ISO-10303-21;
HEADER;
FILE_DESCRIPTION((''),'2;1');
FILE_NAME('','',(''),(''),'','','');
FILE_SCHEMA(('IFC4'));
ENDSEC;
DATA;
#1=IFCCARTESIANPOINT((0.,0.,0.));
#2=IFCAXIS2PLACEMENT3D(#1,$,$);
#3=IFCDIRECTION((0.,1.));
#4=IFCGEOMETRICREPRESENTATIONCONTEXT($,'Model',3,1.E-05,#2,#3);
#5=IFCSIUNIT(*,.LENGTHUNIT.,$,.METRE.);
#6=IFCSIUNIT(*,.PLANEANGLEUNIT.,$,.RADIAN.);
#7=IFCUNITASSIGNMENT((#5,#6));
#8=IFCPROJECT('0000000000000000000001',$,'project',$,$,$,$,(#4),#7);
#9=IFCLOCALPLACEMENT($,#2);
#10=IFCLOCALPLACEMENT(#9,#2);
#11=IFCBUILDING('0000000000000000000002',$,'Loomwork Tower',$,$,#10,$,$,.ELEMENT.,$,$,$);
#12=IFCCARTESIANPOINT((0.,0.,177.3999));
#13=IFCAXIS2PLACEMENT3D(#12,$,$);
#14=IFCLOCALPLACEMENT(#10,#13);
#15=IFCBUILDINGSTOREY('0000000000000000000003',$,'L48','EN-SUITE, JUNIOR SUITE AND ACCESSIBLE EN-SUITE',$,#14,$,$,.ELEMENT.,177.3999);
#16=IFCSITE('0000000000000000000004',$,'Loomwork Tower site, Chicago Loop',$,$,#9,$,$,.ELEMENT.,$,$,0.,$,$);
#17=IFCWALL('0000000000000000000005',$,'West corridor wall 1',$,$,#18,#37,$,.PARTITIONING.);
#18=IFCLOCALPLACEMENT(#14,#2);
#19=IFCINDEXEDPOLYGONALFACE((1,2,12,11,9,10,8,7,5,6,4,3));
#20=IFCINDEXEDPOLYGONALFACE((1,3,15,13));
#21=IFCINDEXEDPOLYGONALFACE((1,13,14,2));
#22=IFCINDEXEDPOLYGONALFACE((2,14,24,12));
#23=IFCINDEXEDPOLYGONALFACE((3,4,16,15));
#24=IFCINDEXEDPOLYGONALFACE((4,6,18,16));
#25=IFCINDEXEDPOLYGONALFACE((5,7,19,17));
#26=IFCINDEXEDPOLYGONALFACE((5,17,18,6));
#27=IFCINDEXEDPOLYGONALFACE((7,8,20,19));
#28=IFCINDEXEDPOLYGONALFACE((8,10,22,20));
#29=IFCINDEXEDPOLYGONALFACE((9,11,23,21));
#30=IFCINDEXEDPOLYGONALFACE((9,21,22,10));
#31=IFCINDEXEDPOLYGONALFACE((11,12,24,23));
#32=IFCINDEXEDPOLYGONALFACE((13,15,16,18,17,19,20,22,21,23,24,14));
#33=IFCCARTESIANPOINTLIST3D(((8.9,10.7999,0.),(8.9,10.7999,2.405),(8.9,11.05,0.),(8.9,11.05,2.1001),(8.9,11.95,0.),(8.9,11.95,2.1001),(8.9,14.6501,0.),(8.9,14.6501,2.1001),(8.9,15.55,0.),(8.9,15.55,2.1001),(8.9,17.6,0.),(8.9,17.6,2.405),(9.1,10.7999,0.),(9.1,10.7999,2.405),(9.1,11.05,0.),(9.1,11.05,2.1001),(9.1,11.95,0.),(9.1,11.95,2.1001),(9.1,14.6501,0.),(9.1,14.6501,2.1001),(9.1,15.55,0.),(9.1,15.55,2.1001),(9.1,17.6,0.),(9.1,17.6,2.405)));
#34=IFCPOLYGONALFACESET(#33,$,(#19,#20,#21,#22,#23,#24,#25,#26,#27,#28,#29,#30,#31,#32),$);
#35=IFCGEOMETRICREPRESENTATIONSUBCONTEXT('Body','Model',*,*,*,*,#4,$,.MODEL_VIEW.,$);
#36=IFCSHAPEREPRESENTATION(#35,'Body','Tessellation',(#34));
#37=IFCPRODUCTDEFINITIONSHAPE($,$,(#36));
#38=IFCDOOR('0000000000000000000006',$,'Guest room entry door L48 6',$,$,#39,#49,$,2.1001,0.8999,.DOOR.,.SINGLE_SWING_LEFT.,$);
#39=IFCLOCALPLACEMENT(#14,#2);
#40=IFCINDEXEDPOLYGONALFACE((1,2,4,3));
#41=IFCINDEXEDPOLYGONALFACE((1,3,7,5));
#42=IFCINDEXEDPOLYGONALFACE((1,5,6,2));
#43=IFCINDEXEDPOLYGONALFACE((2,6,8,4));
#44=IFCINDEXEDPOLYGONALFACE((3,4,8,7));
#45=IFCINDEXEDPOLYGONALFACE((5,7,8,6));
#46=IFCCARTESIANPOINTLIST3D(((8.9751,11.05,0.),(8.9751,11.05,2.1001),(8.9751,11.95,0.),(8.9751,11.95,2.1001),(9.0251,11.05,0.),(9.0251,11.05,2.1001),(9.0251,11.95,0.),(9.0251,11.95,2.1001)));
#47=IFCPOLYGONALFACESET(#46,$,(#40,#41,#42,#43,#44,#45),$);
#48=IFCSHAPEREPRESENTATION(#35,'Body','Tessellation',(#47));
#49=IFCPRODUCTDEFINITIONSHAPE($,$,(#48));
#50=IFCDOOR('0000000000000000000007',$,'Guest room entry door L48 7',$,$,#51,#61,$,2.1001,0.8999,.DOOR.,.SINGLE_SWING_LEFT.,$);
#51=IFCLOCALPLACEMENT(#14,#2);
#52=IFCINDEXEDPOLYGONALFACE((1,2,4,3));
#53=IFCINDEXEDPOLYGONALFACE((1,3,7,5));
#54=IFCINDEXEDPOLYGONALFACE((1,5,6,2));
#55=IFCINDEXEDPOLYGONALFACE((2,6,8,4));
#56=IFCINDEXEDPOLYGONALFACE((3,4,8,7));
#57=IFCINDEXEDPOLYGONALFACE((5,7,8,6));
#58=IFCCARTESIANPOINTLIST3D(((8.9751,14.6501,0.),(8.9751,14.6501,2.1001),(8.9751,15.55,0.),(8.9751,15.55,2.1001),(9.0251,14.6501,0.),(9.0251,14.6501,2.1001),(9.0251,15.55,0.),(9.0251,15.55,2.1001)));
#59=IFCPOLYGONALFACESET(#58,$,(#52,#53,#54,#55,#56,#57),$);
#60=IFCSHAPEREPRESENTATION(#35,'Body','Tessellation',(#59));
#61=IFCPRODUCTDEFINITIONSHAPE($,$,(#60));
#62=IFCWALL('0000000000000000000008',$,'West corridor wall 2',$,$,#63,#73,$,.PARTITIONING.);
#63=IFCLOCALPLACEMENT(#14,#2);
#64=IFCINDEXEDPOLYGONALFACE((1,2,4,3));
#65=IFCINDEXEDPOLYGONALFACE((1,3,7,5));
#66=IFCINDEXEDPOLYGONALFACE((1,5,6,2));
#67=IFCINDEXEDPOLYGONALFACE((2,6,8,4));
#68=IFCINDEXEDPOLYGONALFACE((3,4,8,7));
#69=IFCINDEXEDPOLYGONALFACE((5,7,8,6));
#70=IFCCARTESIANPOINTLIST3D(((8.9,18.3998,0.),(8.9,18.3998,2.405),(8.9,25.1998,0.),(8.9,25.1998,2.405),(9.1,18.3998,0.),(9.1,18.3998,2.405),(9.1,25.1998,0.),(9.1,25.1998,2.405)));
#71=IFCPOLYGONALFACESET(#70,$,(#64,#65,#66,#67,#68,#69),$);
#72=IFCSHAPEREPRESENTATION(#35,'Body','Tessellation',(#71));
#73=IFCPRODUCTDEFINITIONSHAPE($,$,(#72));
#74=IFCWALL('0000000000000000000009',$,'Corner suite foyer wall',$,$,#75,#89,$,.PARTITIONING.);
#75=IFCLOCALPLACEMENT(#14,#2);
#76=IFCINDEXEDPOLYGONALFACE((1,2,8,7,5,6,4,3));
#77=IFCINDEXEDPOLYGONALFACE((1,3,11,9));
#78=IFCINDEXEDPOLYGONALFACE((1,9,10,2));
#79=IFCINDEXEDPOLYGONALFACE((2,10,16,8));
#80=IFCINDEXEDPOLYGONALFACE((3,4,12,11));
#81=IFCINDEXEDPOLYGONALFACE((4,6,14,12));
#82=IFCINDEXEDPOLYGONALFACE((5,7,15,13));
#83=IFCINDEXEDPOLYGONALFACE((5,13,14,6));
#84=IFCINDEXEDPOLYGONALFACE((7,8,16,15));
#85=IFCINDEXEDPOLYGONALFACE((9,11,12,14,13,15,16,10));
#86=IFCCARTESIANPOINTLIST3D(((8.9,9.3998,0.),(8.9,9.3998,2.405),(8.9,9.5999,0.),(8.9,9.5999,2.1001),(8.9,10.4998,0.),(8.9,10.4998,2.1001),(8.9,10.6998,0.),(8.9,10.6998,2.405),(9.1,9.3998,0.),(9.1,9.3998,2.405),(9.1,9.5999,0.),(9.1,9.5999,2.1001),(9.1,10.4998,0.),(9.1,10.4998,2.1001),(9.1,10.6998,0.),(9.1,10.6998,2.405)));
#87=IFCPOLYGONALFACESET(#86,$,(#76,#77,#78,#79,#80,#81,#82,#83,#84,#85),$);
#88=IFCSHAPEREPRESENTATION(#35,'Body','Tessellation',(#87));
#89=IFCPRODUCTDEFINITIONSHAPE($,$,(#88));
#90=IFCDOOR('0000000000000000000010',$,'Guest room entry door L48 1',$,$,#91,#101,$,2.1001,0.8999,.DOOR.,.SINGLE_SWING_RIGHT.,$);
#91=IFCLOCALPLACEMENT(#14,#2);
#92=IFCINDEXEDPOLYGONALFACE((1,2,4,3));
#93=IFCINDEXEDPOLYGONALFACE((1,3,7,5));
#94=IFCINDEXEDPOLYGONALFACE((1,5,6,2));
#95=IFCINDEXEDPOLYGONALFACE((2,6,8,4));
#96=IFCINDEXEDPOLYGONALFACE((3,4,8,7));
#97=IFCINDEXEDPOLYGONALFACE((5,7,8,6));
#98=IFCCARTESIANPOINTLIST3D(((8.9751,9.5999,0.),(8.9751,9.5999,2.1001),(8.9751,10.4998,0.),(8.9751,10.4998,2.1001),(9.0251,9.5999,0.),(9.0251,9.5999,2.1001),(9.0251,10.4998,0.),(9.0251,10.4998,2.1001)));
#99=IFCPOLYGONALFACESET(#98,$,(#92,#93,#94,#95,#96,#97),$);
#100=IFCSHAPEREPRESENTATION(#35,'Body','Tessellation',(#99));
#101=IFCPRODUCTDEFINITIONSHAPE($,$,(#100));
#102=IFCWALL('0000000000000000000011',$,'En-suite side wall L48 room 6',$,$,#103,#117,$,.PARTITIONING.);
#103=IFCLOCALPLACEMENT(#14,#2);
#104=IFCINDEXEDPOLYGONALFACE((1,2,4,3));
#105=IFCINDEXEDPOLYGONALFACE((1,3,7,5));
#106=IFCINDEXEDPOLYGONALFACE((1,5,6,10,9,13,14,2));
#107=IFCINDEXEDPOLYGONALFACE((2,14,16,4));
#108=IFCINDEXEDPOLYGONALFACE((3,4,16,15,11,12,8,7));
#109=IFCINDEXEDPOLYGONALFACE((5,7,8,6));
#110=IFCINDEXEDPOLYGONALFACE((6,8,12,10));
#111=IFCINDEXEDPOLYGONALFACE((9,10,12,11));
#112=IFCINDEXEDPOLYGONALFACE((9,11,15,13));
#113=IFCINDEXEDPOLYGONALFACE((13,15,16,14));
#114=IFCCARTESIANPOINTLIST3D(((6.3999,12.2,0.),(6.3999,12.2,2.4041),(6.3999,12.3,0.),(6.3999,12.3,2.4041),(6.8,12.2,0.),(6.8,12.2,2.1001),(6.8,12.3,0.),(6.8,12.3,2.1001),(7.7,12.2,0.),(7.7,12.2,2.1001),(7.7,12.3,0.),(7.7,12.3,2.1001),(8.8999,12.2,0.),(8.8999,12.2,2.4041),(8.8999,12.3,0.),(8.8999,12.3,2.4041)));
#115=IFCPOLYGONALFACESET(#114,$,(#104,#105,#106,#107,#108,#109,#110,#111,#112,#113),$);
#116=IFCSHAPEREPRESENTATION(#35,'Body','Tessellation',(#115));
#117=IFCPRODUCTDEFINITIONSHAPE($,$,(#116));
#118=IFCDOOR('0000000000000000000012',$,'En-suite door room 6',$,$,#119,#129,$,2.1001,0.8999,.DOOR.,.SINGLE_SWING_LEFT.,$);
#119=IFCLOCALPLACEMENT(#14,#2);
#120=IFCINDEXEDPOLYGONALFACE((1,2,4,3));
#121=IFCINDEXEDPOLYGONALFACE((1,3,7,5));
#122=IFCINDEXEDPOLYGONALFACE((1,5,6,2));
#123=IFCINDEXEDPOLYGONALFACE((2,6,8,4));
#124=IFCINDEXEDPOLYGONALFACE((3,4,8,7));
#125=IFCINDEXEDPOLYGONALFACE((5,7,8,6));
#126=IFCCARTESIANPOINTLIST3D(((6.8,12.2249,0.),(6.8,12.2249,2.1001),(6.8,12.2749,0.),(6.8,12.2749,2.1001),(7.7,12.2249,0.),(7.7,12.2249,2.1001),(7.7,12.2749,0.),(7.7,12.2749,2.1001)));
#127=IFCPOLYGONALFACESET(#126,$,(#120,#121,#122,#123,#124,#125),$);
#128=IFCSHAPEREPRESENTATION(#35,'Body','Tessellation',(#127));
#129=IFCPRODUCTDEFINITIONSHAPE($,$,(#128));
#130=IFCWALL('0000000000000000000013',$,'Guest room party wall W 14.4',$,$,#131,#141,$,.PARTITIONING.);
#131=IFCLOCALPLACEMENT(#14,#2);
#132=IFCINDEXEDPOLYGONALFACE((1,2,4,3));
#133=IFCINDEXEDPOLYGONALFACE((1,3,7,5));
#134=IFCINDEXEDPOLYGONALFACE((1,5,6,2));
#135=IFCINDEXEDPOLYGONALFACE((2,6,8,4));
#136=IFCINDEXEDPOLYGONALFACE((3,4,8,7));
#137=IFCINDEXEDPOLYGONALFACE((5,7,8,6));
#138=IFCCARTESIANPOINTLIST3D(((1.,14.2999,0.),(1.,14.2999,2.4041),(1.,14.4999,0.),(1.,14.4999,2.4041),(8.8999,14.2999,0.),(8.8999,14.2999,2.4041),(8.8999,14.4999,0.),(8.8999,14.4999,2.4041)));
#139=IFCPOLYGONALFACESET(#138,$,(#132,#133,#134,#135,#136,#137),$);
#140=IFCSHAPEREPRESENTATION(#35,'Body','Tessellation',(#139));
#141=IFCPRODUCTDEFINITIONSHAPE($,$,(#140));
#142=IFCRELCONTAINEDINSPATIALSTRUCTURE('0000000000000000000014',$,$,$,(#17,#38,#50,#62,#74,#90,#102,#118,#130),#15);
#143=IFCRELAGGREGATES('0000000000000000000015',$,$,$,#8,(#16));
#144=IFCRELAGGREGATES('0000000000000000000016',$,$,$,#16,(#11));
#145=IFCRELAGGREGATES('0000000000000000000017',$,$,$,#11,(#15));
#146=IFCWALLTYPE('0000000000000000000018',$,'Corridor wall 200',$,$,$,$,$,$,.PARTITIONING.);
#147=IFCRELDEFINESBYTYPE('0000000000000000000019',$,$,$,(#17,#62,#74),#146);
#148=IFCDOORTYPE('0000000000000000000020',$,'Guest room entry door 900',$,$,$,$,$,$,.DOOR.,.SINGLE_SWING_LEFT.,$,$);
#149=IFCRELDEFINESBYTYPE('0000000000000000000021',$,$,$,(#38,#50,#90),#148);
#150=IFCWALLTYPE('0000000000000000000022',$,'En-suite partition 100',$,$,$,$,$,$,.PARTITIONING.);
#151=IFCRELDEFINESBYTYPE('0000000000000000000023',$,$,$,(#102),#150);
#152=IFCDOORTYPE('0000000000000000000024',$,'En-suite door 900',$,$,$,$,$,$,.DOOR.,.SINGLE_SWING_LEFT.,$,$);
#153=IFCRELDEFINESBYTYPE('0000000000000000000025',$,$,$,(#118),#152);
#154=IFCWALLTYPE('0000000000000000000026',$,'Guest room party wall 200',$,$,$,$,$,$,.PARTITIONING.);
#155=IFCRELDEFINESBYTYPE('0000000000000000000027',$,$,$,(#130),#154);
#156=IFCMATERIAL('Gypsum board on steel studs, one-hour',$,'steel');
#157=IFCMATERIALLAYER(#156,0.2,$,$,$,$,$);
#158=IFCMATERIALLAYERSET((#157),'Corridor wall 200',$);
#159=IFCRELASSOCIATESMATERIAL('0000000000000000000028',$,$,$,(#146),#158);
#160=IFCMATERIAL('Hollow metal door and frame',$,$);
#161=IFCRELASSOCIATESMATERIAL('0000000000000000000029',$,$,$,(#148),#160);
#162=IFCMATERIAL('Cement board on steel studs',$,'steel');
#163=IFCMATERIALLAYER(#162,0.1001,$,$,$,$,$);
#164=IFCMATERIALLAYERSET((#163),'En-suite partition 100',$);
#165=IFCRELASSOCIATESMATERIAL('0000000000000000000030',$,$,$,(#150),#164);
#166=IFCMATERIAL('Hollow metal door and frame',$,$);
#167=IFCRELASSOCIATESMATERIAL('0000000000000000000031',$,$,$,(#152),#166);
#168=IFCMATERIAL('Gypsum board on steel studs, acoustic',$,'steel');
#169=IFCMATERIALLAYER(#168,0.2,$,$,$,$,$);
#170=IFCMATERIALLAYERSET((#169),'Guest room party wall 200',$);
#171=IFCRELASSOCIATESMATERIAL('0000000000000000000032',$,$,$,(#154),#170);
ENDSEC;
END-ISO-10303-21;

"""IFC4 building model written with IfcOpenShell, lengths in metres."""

from ifc_helpers import new_model, si_unit, direction, frame, frame_2d, origin, place, context, subcontext, project, spatial, rectangle, extrude, material, layer, layer_set, type_object, element, fill, save


model = new_model("IFC4")

# Units and contexts
model_context = context("Model", 3, precision=1e-05, world=origin(), true_north=direction((0.0, 1.0)))
body_context = subcontext(model_context, "Body", "Model", "MODEL_VIEW")
ifc_project = project(units=[si_unit("LENGTHUNIT", "METRE"), si_unit("PLANEANGLEUNIT", "RADIAN")], contexts=[model_context])

# Site, building, storey
site_placement = place(None, origin())
site = spatial("IfcSite", under=ifc_project, at=site_placement, Name="Loomwork Tower site, Chicago Loop", CompositionType="ELEMENT", RefElevation=0.0)
building_placement = place(site_placement, origin())
building = spatial("IfcBuilding", under=site, at=building_placement, Name="Loomwork Tower", CompositionType="ELEMENT")
storey_placement = place(building_placement, frame((0.0, 0.0, 177.3999)))
storey = spatial("IfcBuildingStorey", under=building, at=storey_placement, Name="L48", Description="EN-SUITE, JUNIOR SUITE AND ACCESSIBLE EN-SUITE", CompositionType="ELEMENT", Elevation=177.3999)

# Wall, openings, doors
ifc_material_1 = material(Name="Gypsum board on steel studs, one-hour", Category="steel")
ifc_layer_1 = layer(ifc_material_1, 0.2)
ifc_layer_set_1 = layer_set([ifc_layer_1], Name="Corridor wall 200")
wall_type_1 = type_object("IfcWallType", Name="Corridor wall 200", PredefinedType="PARTITIONING", material=ifc_layer_set_1)
wall_1_placement = place(storey_placement, frame((9.0, 10.8, 0.0), z_axis=(0.0, 0.0, 1.0), x_axis=(0.0, 1.0, 0.0)))
wall_1 = element("IfcWall", 1, at=wall_1_placement, inside=storey, type_object=wall_type_1, Name="West corridor wall 1", PredefinedType="PARTITIONING", context=body_context, shape_type="SweptSolid", body=[
    extrude(rectangle(XDim=6.8, YDim=0.2, at=frame_2d((3.3999, 0.0))), origin(), (0.0, 0.0, 1.0), 2.405),
])
opening_1_placement = place(wall_1_placement, frame((0.25, 0.0, 0.0)))
opening_1 = element("IfcOpeningElement", 2, at=opening_1_placement, cuts=wall_1, PredefinedType="OPENING", context=body_context, shape_type="SweptSolid", body=[
    extrude(rectangle(XDim=0.8999, YDim=2.1001, at=frame_2d((0.45, 1.05))), frame((0.0, 0.1099, 0.0), z_axis=(0.0, -1.0, 0.0), x_axis=(1.0, 0.0, 0.0)), (0.0, 0.0, 1.0), 0.22),
])
opening_2_placement = place(wall_1_placement, frame((3.8501, 0.0, 0.0)))
opening_2 = element("IfcOpeningElement", 3, at=opening_2_placement, cuts=wall_1, PredefinedType="OPENING", context=body_context, shape_type="SweptSolid", body=[
    extrude(rectangle(XDim=0.8999, YDim=2.1001, at=frame_2d((0.45, 1.05))), frame((0.0, 0.1099, 0.0), z_axis=(0.0, -1.0, 0.0), x_axis=(1.0, 0.0, 0.0)), (0.0, 0.0, 1.0), 0.22),
])
ifc_material_2 = material(Name="Hollow metal door and frame")
door_type_1 = type_object("IfcDoorType", Name="Guest room entry door 900", OperationType="SINGLE_SWING_LEFT", PredefinedType="DOOR", material=ifc_material_2)
door_1_placement = place(opening_1_placement, origin())
door_1 = element("IfcDoor", 4, at=door_1_placement, inside=storey, type_object=door_type_1, Name="Guest room entry door L48 6", OperationType="SINGLE_SWING_LEFT", OverallHeight=2.1001, OverallWidth=0.8999, PredefinedType="DOOR", context=body_context, shape_type="SweptSolid", body=[
    extrude(rectangle(XDim=0.8999, YDim=2.1001, at=frame_2d((0.45, 1.05))), frame((0.0, 0.0249, 0.0), z_axis=(0.0, -1.0, 0.0), x_axis=(1.0, 0.0, 0.0)), (0.0, 0.0, 1.0), 0.05),
])
fill(opening_1, door_1)
door_2_placement = place(opening_2_placement, origin())
door_2 = element("IfcDoor", 5, at=door_2_placement, inside=storey, type_object=door_type_1, Name="Guest room entry door L48 7", OperationType="SINGLE_SWING_LEFT", OverallHeight=2.1001, OverallWidth=0.8999, PredefinedType="DOOR", context=body_context, shape_type="SweptSolid", body=[
    extrude(rectangle(XDim=0.8999, YDim=2.1001, at=frame_2d((0.45, 1.05))), frame((0.0, 0.0249, 0.0), z_axis=(0.0, -1.0, 0.0), x_axis=(1.0, 0.0, 0.0)), (0.0, 0.0, 1.0), 0.05),
])
fill(opening_2, door_2)

# Wall
wall_2_placement = place(storey_placement, frame((9.0, 18.3999, 0.0), z_axis=(0.0, 0.0, 1.0), x_axis=(0.0, 1.0, 0.0)))
element("IfcWall", 6, at=wall_2_placement, inside=storey, type_object=wall_type_1, Name="West corridor wall 2", PredefinedType="PARTITIONING", context=body_context, shape_type="SweptSolid", body=[
    extrude(rectangle(XDim=6.8, YDim=0.2, at=frame_2d((3.3999, 0.0))), origin(), (0.0, 0.0, 1.0), 2.405),
])

# Walls, openings, doors
wall_3_placement = place(storey_placement, frame((9.0, 9.3999, 0.0), z_axis=(0.0, 0.0, 1.0), x_axis=(0.0, 1.0, 0.0)))
wall_3 = element("IfcWall", 7, at=wall_3_placement, inside=storey, type_object=wall_type_1, Name="Corner suite foyer wall", PredefinedType="PARTITIONING", context=body_context, shape_type="SweptSolid", body=[
    extrude(rectangle(XDim=1.3, YDim=0.2, at=frame_2d((0.6499, 0.0))), origin(), (0.0, 0.0, 1.0), 2.405),
])
opening_3_placement = place(wall_3_placement, frame((0.2, 0.0, 0.0)))
opening_3 = element("IfcOpeningElement", 8, at=opening_3_placement, cuts=wall_3, PredefinedType="OPENING", context=body_context, shape_type="SweptSolid", body=[
    extrude(rectangle(XDim=0.8999, YDim=2.1001, at=frame_2d((0.45, 1.05))), frame((0.0, 0.1099, 0.0), z_axis=(0.0, -1.0, 0.0), x_axis=(1.0, 0.0, 0.0)), (0.0, 0.0, 1.0), 0.22),
])
door_3_placement = place(opening_3_placement, origin())
door_3 = element("IfcDoor", 9, at=door_3_placement, inside=storey, type_object=door_type_1, Name="Guest room entry door L48 1", OperationType="SINGLE_SWING_RIGHT", OverallHeight=2.1001, OverallWidth=0.8999, PredefinedType="DOOR", context=body_context, shape_type="SweptSolid", body=[
    extrude(rectangle(XDim=0.8999, YDim=2.1001, at=frame_2d((0.45, 1.05))), frame((0.0, 0.0249, 0.0), z_axis=(0.0, -1.0, 0.0), x_axis=(1.0, 0.0, 0.0)), (0.0, 0.0, 1.0), 0.05),
])
fill(opening_3, door_3)
ifc_material_3 = material(Name="Cement board on steel studs", Category="steel")
ifc_layer_2 = layer(ifc_material_3, 0.1001)
ifc_layer_set_2 = layer_set([ifc_layer_2], Name="En-suite partition 100")
wall_type_2 = type_object("IfcWallType", Name="En-suite partition 100", PredefinedType="PARTITIONING", material=ifc_layer_set_2)
wall_4_placement = place(storey_placement, frame((8.8999, 12.25, 0.0), z_axis=(0.0, 0.0, 1.0), x_axis=(-1.0, 0.0, 0.0)))
wall_4 = element("IfcWall", 10, at=wall_4_placement, inside=storey, type_object=wall_type_2, Name="En-suite side wall L48 room 6", PredefinedType="PARTITIONING", context=body_context, shape_type="SweptSolid", body=[
    extrude(rectangle(XDim=2.5, YDim=0.1001, at=frame_2d((1.25, 0.0))), origin(), (0.0, 0.0, 1.0), 2.4041),
])
opening_4_placement = place(wall_4_placement, frame((1.2, 0.0, 0.0)))
opening_4 = element("IfcOpeningElement", 11, at=opening_4_placement, cuts=wall_4, PredefinedType="OPENING", context=body_context, shape_type="SweptSolid", body=[
    extrude(rectangle(XDim=0.8999, YDim=2.1001, at=frame_2d((0.45, 1.05))), frame((0.0, 0.0601, 0.0), z_axis=(0.0, -1.0, 0.0), x_axis=(1.0, 0.0, 0.0)), (0.0, 0.0, 1.0), 0.1201),
])
ifc_material_4 = material(Name="Hollow metal door and frame")
door_type_2 = type_object("IfcDoorType", Name="En-suite door 900", OperationType="SINGLE_SWING_LEFT", PredefinedType="DOOR", material=ifc_material_4)
door_4_placement = place(opening_4_placement, frame((0.8999, 0.0, 0.0), z_axis=(0.0, 0.0, 1.0), x_axis=(-1.0, 0.0, 0.0)))
door_4 = element("IfcDoor", 12, at=door_4_placement, inside=storey, type_object=door_type_2, Name="En-suite door room 6", OperationType="SINGLE_SWING_LEFT", OverallHeight=2.1001, OverallWidth=0.8999, PredefinedType="DOOR", context=body_context, shape_type="SweptSolid", body=[
    extrude(rectangle(XDim=0.8999, YDim=2.1001, at=frame_2d((0.45, 1.05))), frame((0.0, 0.0249, 0.0), z_axis=(0.0, -1.0, 0.0), x_axis=(1.0, 0.0, 0.0)), (0.0, 0.0, 1.0), 0.05),
])
fill(opening_4, door_4)

# Wall
ifc_material_5 = material(Name="Gypsum board on steel studs, acoustic", Category="steel")
ifc_layer_3 = layer(ifc_material_5, 0.2)
ifc_layer_set_3 = layer_set([ifc_layer_3], Name="Guest room party wall 200")
wall_type_3 = type_object("IfcWallType", Name="Guest room party wall 200", PredefinedType="PARTITIONING", material=ifc_layer_set_3)
wall_5_placement = place(storey_placement, frame((8.8999, 14.3999, 0.0), z_axis=(0.0, 0.0, 1.0), x_axis=(-1.0, 0.0, 0.0)))
element("IfcWall", 13, at=wall_5_placement, inside=storey, type_object=wall_type_3, Name="Guest room party wall W 14.4", PredefinedType="PARTITIONING", context=body_context, shape_type="SweptSolid", body=[
    extrude(rectangle(XDim=7.8999, YDim=0.2, at=frame_2d((3.95, 0.0))), origin(), (0.0, 0.0, 1.0), 2.4041),
])

save(model, "model.ifc")
